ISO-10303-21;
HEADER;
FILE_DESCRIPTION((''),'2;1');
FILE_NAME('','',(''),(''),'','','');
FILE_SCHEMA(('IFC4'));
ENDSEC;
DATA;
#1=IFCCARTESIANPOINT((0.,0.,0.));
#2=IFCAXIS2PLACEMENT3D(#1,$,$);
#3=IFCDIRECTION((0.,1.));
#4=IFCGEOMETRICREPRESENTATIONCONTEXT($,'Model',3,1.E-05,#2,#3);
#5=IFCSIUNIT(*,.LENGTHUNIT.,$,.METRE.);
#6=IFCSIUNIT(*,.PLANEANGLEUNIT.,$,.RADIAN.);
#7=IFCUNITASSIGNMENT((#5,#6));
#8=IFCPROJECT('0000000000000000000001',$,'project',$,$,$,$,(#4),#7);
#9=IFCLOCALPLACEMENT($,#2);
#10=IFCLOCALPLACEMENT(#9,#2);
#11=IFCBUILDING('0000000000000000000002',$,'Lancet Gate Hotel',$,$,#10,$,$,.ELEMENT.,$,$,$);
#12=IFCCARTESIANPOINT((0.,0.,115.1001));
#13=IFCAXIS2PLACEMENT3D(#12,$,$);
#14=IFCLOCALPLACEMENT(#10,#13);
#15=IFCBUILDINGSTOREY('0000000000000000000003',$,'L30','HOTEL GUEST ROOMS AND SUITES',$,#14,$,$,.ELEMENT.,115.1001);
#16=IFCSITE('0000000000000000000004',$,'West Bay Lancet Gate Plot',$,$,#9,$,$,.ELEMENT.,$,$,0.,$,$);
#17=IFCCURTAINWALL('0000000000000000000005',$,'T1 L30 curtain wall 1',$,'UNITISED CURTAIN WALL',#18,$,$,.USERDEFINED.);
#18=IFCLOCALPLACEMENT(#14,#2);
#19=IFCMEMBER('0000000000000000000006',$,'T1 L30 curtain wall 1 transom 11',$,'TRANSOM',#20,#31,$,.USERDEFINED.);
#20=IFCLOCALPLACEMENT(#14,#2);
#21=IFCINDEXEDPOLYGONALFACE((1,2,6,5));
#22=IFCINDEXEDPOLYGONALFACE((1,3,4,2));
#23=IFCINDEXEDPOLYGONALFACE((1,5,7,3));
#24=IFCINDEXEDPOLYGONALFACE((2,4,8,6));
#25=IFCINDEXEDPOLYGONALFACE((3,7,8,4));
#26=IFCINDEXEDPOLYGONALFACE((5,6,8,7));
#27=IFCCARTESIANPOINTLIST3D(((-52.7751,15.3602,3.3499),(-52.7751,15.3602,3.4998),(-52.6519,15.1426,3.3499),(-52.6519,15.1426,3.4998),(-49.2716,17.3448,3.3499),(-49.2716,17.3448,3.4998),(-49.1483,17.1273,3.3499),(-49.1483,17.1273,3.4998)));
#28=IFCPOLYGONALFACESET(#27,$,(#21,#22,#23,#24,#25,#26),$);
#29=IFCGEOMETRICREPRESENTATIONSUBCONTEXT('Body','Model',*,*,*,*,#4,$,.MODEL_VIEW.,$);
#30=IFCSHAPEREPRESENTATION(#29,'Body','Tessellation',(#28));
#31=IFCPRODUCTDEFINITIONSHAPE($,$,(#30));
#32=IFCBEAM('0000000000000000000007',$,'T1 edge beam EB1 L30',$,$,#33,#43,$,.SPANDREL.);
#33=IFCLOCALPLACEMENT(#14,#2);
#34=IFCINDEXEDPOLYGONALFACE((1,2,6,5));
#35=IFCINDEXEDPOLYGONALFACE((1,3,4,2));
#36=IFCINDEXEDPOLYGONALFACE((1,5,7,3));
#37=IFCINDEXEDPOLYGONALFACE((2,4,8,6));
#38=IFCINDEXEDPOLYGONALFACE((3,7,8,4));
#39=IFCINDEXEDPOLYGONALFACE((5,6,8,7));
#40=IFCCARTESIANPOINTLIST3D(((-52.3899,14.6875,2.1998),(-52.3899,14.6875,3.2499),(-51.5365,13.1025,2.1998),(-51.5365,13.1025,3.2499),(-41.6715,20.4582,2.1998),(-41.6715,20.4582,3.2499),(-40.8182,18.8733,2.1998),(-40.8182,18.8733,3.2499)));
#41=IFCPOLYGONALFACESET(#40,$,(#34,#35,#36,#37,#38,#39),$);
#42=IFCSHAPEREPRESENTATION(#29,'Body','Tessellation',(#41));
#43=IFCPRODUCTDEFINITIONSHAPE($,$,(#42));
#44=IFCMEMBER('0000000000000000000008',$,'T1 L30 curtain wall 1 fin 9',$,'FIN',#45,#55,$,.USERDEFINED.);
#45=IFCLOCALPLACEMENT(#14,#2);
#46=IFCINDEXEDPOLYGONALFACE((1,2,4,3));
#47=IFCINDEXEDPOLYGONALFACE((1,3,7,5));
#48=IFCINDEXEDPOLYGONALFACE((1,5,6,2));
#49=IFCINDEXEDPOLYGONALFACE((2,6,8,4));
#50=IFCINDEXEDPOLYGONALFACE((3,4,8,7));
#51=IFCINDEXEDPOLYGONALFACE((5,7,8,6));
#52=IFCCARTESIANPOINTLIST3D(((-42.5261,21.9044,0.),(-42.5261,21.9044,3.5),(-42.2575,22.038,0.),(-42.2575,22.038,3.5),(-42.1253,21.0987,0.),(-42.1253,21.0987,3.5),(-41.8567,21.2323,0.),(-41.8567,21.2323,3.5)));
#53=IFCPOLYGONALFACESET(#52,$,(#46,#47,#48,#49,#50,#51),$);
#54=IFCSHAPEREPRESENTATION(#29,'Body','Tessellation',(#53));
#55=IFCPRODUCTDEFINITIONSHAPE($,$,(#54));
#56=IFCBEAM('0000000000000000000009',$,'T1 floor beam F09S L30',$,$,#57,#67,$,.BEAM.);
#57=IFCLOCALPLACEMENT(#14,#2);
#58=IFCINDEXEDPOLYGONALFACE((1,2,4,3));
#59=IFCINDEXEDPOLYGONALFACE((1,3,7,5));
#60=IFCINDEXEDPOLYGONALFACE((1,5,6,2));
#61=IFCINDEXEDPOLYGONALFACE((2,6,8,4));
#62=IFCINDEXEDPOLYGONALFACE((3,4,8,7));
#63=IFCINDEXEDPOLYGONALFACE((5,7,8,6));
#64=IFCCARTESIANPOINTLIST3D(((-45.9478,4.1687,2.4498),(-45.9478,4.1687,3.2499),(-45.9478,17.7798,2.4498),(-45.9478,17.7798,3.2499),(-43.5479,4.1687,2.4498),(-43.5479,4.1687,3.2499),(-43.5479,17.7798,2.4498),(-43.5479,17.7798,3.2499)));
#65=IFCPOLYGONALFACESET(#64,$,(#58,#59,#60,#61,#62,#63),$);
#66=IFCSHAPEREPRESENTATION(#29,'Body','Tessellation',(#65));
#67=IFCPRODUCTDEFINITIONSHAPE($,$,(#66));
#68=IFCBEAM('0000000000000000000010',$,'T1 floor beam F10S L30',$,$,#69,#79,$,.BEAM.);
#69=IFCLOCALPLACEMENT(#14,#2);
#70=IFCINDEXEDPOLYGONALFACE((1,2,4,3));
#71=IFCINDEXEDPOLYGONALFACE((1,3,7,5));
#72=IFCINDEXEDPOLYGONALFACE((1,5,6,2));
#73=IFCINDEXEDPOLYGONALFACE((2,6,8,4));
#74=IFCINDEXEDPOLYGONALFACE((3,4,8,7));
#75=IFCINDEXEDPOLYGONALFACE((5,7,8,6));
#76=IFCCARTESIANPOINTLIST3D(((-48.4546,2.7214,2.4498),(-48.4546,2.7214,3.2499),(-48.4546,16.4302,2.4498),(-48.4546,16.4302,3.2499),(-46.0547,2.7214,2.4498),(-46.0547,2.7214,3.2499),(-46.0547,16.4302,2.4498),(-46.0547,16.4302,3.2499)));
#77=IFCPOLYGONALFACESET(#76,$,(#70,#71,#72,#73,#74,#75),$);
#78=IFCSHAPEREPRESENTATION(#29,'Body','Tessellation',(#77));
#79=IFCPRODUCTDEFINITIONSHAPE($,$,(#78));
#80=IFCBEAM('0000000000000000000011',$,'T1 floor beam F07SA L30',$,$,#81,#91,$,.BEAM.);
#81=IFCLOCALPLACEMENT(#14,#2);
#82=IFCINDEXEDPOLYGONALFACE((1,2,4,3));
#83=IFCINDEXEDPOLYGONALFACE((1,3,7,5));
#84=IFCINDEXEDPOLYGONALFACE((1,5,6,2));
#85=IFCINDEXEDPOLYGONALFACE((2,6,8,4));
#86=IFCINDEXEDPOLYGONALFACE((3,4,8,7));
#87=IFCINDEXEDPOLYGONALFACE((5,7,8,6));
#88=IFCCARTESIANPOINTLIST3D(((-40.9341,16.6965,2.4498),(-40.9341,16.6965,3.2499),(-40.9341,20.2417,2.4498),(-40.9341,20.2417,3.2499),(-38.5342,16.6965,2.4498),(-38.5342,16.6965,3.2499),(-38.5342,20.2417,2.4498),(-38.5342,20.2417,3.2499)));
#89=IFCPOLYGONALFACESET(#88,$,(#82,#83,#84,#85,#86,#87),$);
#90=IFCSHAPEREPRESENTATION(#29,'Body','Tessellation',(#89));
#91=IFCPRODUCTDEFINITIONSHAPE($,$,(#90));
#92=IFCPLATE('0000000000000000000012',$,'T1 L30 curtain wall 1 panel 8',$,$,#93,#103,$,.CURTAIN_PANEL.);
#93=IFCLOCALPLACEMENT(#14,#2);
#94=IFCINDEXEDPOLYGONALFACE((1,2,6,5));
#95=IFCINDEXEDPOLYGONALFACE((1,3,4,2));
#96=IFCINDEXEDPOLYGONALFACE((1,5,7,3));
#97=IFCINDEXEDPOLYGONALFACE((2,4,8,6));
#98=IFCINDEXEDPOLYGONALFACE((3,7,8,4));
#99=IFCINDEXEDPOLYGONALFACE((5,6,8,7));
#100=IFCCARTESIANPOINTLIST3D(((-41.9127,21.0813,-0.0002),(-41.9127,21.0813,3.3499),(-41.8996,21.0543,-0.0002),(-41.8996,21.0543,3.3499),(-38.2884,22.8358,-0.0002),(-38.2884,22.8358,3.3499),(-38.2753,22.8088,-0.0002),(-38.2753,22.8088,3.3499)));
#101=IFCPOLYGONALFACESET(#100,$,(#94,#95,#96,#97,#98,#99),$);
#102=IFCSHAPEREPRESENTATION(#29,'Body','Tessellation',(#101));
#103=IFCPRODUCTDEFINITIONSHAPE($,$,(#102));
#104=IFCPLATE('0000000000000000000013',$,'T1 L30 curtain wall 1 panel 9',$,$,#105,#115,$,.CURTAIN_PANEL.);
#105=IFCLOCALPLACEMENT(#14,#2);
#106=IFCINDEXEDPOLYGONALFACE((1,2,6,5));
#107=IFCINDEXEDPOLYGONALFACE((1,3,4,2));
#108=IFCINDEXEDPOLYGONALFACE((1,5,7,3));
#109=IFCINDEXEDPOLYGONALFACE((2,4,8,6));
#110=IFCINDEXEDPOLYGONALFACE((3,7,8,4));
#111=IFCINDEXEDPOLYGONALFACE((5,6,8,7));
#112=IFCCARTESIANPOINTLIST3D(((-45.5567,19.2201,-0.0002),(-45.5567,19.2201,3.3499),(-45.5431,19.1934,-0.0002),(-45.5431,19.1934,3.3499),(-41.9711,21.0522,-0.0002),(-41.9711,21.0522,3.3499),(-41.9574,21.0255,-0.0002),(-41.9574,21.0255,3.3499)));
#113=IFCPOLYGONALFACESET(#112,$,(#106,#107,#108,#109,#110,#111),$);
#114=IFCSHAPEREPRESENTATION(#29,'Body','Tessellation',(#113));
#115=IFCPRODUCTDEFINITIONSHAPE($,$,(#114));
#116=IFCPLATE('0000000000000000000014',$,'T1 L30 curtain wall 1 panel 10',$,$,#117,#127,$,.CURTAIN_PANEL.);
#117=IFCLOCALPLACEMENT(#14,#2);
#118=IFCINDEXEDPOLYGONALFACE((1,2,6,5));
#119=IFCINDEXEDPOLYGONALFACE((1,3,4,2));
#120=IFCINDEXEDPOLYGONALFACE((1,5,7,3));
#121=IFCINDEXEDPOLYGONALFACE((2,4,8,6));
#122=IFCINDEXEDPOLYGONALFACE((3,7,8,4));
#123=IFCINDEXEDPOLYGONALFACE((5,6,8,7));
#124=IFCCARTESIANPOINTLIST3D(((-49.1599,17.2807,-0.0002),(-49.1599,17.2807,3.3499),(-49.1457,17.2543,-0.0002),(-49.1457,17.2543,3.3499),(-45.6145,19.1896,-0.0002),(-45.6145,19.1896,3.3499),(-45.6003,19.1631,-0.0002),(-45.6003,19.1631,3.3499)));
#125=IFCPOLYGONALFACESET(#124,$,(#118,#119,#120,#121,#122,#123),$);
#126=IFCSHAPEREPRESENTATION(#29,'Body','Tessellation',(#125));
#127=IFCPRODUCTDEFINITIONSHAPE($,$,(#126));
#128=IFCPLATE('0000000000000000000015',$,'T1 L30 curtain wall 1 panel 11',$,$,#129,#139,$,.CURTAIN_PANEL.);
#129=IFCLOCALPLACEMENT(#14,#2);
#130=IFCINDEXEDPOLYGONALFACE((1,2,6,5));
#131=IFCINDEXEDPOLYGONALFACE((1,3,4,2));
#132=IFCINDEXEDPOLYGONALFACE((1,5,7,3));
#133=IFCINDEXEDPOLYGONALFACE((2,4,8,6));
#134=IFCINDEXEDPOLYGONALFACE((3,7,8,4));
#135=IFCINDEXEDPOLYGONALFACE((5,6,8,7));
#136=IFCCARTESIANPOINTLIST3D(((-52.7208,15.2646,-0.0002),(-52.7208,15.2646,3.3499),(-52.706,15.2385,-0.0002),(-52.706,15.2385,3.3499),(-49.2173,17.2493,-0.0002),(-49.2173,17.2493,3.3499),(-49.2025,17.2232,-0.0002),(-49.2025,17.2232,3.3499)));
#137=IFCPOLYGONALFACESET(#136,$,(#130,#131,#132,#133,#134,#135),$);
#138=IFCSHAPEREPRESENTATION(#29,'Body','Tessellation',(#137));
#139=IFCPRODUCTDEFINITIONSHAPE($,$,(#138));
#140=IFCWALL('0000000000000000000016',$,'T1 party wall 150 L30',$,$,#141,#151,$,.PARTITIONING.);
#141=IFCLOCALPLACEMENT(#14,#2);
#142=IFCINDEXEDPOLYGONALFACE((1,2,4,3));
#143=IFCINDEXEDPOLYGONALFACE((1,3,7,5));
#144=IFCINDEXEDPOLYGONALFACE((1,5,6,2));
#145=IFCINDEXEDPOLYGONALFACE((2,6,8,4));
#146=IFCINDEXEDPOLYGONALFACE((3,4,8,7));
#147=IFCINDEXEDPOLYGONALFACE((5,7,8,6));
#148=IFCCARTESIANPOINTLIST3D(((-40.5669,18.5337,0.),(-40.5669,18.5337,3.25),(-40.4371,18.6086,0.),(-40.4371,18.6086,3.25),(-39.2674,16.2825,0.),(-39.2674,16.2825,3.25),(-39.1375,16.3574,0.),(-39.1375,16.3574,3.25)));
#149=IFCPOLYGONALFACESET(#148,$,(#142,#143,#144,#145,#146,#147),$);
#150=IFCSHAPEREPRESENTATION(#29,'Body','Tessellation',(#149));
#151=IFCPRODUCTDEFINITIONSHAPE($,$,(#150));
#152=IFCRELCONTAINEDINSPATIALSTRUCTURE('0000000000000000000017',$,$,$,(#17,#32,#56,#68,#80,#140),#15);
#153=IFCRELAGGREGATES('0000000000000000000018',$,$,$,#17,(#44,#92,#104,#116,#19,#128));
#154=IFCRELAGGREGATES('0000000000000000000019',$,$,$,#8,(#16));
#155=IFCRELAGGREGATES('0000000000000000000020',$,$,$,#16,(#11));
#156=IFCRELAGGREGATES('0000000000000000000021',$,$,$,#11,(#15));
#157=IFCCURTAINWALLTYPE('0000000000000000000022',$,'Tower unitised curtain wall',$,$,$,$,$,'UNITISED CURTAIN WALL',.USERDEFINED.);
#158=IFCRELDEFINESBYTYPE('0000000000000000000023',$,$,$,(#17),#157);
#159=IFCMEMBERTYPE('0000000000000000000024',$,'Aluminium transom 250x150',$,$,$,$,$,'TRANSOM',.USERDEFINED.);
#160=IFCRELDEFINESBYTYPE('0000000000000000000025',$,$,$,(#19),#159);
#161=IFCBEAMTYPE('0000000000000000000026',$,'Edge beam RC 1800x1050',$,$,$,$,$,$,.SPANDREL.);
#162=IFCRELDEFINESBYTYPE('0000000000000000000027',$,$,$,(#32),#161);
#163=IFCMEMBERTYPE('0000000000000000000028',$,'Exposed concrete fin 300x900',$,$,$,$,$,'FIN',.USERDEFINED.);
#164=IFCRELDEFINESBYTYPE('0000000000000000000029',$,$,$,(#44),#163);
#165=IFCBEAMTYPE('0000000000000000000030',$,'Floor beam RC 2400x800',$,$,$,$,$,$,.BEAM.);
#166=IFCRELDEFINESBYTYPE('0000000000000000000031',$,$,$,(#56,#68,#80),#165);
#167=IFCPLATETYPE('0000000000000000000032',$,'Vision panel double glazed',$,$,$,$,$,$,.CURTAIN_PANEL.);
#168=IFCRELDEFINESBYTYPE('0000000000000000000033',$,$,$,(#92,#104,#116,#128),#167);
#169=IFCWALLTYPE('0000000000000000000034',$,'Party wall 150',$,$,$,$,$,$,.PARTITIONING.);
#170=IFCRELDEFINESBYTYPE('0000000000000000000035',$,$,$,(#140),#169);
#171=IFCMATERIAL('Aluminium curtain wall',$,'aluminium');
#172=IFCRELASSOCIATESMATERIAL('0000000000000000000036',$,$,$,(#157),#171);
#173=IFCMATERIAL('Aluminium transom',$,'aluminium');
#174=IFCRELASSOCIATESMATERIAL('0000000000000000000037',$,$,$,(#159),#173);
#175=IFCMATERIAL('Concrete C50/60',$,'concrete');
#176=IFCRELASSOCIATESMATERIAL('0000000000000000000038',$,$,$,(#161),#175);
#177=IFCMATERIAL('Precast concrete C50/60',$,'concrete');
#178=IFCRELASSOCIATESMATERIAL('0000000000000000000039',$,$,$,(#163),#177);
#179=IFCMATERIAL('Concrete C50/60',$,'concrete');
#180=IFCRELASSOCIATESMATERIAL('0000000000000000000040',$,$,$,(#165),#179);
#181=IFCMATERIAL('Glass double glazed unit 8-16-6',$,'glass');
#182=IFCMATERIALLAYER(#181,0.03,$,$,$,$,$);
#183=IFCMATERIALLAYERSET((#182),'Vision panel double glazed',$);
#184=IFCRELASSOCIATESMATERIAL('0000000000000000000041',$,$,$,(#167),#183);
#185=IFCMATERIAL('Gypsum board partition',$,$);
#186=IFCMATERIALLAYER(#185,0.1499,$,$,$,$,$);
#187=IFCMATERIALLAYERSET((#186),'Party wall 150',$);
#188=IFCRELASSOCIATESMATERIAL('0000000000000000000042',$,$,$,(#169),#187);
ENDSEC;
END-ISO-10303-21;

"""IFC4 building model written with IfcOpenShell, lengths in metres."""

from ifc_helpers import new_model, si_unit, direction, frame, frame_2d, origin, origin_2d, place, context, subcontext, project, spatial, rectangle, extrude, material, layer, layer_set, material_profile, profile_set, type_object, element, aggregate, save


model = new_model("IFC4")

# Units and contexts
model_context = context("Model", 3, precision=1e-05, world=origin(), true_north=direction((0.0, 1.0)))
body_context = subcontext(model_context, "Body", "Model", "MODEL_VIEW")
ifc_project = project(units=[si_unit("LENGTHUNIT", "METRE"), si_unit("PLANEANGLEUNIT", "RADIAN")], contexts=[model_context])

# Site, building, storey
site_placement = place(None, origin())
site = spatial("IfcSite", under=ifc_project, at=site_placement, Name="West Bay Lancet Gate Plot", CompositionType="ELEMENT", RefElevation=0.0)
building_placement = place(site_placement, origin())
building = spatial("IfcBuilding", under=site, at=building_placement, Name="Lancet Gate Hotel", CompositionType="ELEMENT")
storey_placement = place(building_placement, frame((0.0, 0.0, 115.1001)))
storey = spatial("IfcBuildingStorey", under=building, at=storey_placement, Name="L30", Description="HOTEL GUEST ROOMS AND SUITES", CompositionType="ELEMENT", Elevation=115.1001)

# Curtain wall, member
ifc_material_1 = material(Name="Aluminium curtain wall", Category="aluminium")
curtain_wall_type = type_object("IfcCurtainWallType", Name="Tower unitised curtain wall", ElementType="UNITISED CURTAIN WALL", PredefinedType="USERDEFINED", material=ifc_material_1)
curtain_wall_placement = place(storey_placement, origin())
curtain_wall = element("IfcCurtainWall", 1, at=curtain_wall_placement, inside=storey, type_object=curtain_wall_type, Name="T1 L30 curtain wall 1", ObjectType="UNITISED CURTAIN WALL", PredefinedType="USERDEFINED")
ifc_material_2 = material(Name="Aluminium transom", Category="aluminium")
ifc_material_profile_1 = material_profile(ifc_material_2, rectangle(XDim=0.25, YDim=0.1499, at=origin_2d()), Name="TRANSOM 250x150")
ifc_profile_set_1 = profile_set([ifc_material_profile_1], Name="Aluminium transom")
member_type_1 = type_object("IfcMemberType", Name="Aluminium transom 250x150", ElementType="TRANSOM", PredefinedType="USERDEFINED", material=ifc_profile_set_1)
member_1_placement = place(storey_placement, frame((-49.21, 17.2361, 3.4248), z_axis=(-0.870092, -0.49289, 0.0), x_axis=(0.49289, -0.870092, 0.0)))
member_1 = element("IfcMember", 2, at=member_1_placement, type_object=member_type_1, Name="T1 L30 curtain wall 1 transom 11", ObjectType="TRANSOM", PredefinedType="USERDEFINED", context=body_context, shape_type="SweptSolid", body=[
    extrude(rectangle(XDim=0.25, YDim=0.1499, at=origin_2d()), origin(), (0.0, 0.0, 1.0), 4.0266),
])

# Beam
ifc_material_3 = material(Name="Concrete C50/60", Category="concrete")
ifc_material_profile_2 = material_profile(ifc_material_3, rectangle(XDim=1.8, YDim=1.05, at=origin_2d()), Name="RC 1800x1050")
ifc_profile_set_2 = profile_set([ifc_material_profile_2], Name="Concrete C50/60")
beam_type_1 = type_object("IfcBeamType", Name="Edge beam RC 1800x1050", PredefinedType="SPANDREL", material=ifc_profile_set_2)
beam_1_placement = place(storey_placement, frame((-41.2449, 19.6658, 2.7249), z_axis=(-0.880492, -0.47406, 0.0), x_axis=(0.47406, -0.880492, 0.0)))
element("IfcBeam", 3, at=beam_1_placement, inside=storey, type_object=beam_type_1, Name="T1 edge beam EB1 L30", PredefinedType="SPANDREL", context=body_context, shape_type="SweptSolid", body=[
    extrude(rectangle(XDim=1.8, YDim=1.05, at=origin_2d()), origin(), (0.0, 0.0, 1.0), 12.1731),
])

# Member
ifc_material_4 = material(Name="Precast concrete C50/60", Category="concrete")
ifc_material_profile_3 = material_profile(ifc_material_4, rectangle(XDim=0.3, YDim=0.8999, at=origin_2d()), Name="FIN 300x900")
ifc_profile_set_3 = profile_set([ifc_material_profile_3], Name="Precast concrete C50/60")
member_type_2 = type_object("IfcMemberType", Name="Exposed concrete fin 300x900", ElementType="FIN", PredefinedType="USERDEFINED", material=ifc_profile_set_3)
member_2_placement = place(storey_placement, frame((-42.1914, 21.5684, 0.0), z_axis=(0.0, 0.0, 1.0), x_axis=(-0.895339, -0.445384, 0.0)))
member_2 = element("IfcMember", 4, at=member_2_placement, type_object=member_type_2, Name="T1 L30 curtain wall 1 fin 9", ObjectType="FIN", PredefinedType="USERDEFINED", context=body_context, shape_type="SweptSolid", body=[
    extrude(rectangle(XDim=0.3, YDim=0.8999, at=origin_2d()), origin(), (0.0, 0.0, 1.0), 3.5),
])

# Beams
ifc_material_5 = material(Name="Concrete C50/60", Category="concrete")
ifc_material_profile_4 = material_profile(ifc_material_5, rectangle(XDim=2.3999, YDim=0.8, at=origin_2d()), Name="RC 2400x800")
ifc_profile_set_4 = profile_set([ifc_material_profile_4], Name="Concrete C50/60")
beam_type_2 = type_object("IfcBeamType", Name="Floor beam RC 2400x800", PredefinedType="BEAM", material=ifc_profile_set_4)
beam_2_placement = place(storey_placement, frame((-44.7478, 17.7798, 2.8499), z_axis=(0.0, -1.0, 0.0), x_axis=(1.0, 0.0, 0.0)))
element("IfcBeam", 5, at=beam_2_placement, inside=storey, type_object=beam_type_2, Name="T1 floor beam F09S L30", PredefinedType="BEAM", context=body_context, shape_type="SweptSolid", body=[
    extrude(rectangle(XDim=2.3999, YDim=0.8, at=origin_2d()), origin(), (0.0, 0.0, 1.0), 13.6111),
])
beam_3_placement = place(storey_placement, frame((-47.2546, 16.4302, 2.8499), z_axis=(0.0, -1.0, 0.0), x_axis=(1.0, 0.0, 0.0)))
element("IfcBeam", 6, at=beam_3_placement, inside=storey, type_object=beam_type_2, Name="T1 floor beam F10S L30", PredefinedType="BEAM", context=body_context, shape_type="SweptSolid", body=[
    extrude(rectangle(XDim=2.3999, YDim=0.8, at=origin_2d()), origin(), (0.0, 0.0, 1.0), 13.7087),
])
beam_4_placement = place(storey_placement, frame((-39.7341, 20.2417, 2.8499), z_axis=(0.0, -1.0, 0.0), x_axis=(1.0, 0.0, 0.0)))
element("IfcBeam", 7, at=beam_4_placement, inside=storey, type_object=beam_type_2, Name="T1 floor beam F07SA L30", PredefinedType="BEAM", context=body_context, shape_type="SweptSolid", body=[
    extrude(rectangle(XDim=2.3999, YDim=0.8, at=origin_2d()), origin(), (0.0, 0.0, 1.0), 3.5452),
])

# Plates
ifc_material_6 = material(Name="Glass double glazed unit 8-16-6", Category="glass")
ifc_layer_1 = layer(ifc_material_6, 0.03)
ifc_layer_set_1 = layer_set([ifc_layer_1], Name="Vision panel double glazed")
plate_type = type_object("IfcPlateType", Name="Vision panel double glazed", PredefinedType="CURTAIN_PANEL", material=ifc_layer_set_1)
plate_1_placement = place(storey_placement, frame((-40.094, 21.9451, -0.0002), z_axis=(0.0, 0.0, 1.0), x_axis=(-0.900082, -0.435721, 0.0)))
plate_1 = element("IfcPlate", 8, at=plate_1_placement, type_object=plate_type, Name="T1 L30 curtain wall 1 panel 8", PredefinedType="CURTAIN_PANEL", context=body_context, shape_type="SweptSolid", body=[
    extrude(rectangle(XDim=4.0266, YDim=0.03, at=origin_2d()), origin(), (0.0, 0.0, 1.0), 3.3501),
])
plate_2_placement = place(storey_placement, frame((-43.7571, 20.1228, -0.0002), z_axis=(0.0, 0.0, 1.0), x_axis=(-0.890493, -0.454996, 0.0)))
plate_2 = element("IfcPlate", 9, at=plate_2_placement, type_object=plate_type, Name="T1 L30 curtain wall 1 panel 9", PredefinedType="CURTAIN_PANEL", context=body_context, shape_type="SweptSolid", body=[
    extrude(rectangle(XDim=4.0266, YDim=0.03, at=origin_2d()), origin(), (0.0, 0.0, 1.0), 3.3501),
])
plate_3_placement = place(storey_placement, frame((-47.3801, 18.2219, -0.0002), z_axis=(0.0, 0.0, 1.0), x_axis=(-0.880493, -0.47406, 0.0)))
plate_3 = element("IfcPlate", 10, at=plate_3_placement, type_object=plate_type, Name="T1 L30 curtain wall 1 panel 10", PredefinedType="CURTAIN_PANEL", context=body_context, shape_type="SweptSolid", body=[
    extrude(rectangle(XDim=4.0266, YDim=0.03, at=origin_2d()), origin(), (0.0, 0.0, 1.0), 3.3501),
])
plate_4_placement = place(storey_placement, frame((-50.9617, 16.2439, -0.0002), z_axis=(0.0, 0.0, 1.0), x_axis=(-0.870084, -0.492904, 0.0)))
plate_4 = element("IfcPlate", 11, at=plate_4_placement, type_object=plate_type, Name="T1 L30 curtain wall 1 panel 11", PredefinedType="CURTAIN_PANEL", context=body_context, shape_type="SweptSolid", body=[
    extrude(rectangle(XDim=4.0266, YDim=0.03, at=origin_2d()), origin(), (0.0, 0.0, 1.0), 3.3501),
])
aggregate(curtain_wall, [member_2, plate_1, plate_2, plate_3, member_1, plate_4])

# Wall
ifc_material_7 = material(Name="Gypsum board partition")
ifc_layer_2 = layer(ifc_material_7, 0.1499)
ifc_layer_set_2 = layer_set([ifc_layer_2], Name="Party wall 150")
wall_type = type_object("IfcWallType", Name="Party wall 150", PredefinedType="PARTITIONING", material=ifc_layer_set_2)
wall_placement = place(storey_placement, frame((-39.2024, 16.3198, 0.0), z_axis=(0.0, 0.0, 1.0), x_axis=(-0.499947, 0.866056, 0.0)))
element("IfcWall", 12, at=wall_placement, inside=storey, type_object=wall_type, Name="T1 party wall 150 L30", PredefinedType="PARTITIONING", context=body_context, shape_type="SweptSolid", body=[
    extrude(rectangle(XDim=2.5994, YDim=0.1499, at=frame_2d((1.2998, 0.0))), origin(), (0.0, 0.0, 1.0), 3.25),
])

save(model, "model.ifc")
